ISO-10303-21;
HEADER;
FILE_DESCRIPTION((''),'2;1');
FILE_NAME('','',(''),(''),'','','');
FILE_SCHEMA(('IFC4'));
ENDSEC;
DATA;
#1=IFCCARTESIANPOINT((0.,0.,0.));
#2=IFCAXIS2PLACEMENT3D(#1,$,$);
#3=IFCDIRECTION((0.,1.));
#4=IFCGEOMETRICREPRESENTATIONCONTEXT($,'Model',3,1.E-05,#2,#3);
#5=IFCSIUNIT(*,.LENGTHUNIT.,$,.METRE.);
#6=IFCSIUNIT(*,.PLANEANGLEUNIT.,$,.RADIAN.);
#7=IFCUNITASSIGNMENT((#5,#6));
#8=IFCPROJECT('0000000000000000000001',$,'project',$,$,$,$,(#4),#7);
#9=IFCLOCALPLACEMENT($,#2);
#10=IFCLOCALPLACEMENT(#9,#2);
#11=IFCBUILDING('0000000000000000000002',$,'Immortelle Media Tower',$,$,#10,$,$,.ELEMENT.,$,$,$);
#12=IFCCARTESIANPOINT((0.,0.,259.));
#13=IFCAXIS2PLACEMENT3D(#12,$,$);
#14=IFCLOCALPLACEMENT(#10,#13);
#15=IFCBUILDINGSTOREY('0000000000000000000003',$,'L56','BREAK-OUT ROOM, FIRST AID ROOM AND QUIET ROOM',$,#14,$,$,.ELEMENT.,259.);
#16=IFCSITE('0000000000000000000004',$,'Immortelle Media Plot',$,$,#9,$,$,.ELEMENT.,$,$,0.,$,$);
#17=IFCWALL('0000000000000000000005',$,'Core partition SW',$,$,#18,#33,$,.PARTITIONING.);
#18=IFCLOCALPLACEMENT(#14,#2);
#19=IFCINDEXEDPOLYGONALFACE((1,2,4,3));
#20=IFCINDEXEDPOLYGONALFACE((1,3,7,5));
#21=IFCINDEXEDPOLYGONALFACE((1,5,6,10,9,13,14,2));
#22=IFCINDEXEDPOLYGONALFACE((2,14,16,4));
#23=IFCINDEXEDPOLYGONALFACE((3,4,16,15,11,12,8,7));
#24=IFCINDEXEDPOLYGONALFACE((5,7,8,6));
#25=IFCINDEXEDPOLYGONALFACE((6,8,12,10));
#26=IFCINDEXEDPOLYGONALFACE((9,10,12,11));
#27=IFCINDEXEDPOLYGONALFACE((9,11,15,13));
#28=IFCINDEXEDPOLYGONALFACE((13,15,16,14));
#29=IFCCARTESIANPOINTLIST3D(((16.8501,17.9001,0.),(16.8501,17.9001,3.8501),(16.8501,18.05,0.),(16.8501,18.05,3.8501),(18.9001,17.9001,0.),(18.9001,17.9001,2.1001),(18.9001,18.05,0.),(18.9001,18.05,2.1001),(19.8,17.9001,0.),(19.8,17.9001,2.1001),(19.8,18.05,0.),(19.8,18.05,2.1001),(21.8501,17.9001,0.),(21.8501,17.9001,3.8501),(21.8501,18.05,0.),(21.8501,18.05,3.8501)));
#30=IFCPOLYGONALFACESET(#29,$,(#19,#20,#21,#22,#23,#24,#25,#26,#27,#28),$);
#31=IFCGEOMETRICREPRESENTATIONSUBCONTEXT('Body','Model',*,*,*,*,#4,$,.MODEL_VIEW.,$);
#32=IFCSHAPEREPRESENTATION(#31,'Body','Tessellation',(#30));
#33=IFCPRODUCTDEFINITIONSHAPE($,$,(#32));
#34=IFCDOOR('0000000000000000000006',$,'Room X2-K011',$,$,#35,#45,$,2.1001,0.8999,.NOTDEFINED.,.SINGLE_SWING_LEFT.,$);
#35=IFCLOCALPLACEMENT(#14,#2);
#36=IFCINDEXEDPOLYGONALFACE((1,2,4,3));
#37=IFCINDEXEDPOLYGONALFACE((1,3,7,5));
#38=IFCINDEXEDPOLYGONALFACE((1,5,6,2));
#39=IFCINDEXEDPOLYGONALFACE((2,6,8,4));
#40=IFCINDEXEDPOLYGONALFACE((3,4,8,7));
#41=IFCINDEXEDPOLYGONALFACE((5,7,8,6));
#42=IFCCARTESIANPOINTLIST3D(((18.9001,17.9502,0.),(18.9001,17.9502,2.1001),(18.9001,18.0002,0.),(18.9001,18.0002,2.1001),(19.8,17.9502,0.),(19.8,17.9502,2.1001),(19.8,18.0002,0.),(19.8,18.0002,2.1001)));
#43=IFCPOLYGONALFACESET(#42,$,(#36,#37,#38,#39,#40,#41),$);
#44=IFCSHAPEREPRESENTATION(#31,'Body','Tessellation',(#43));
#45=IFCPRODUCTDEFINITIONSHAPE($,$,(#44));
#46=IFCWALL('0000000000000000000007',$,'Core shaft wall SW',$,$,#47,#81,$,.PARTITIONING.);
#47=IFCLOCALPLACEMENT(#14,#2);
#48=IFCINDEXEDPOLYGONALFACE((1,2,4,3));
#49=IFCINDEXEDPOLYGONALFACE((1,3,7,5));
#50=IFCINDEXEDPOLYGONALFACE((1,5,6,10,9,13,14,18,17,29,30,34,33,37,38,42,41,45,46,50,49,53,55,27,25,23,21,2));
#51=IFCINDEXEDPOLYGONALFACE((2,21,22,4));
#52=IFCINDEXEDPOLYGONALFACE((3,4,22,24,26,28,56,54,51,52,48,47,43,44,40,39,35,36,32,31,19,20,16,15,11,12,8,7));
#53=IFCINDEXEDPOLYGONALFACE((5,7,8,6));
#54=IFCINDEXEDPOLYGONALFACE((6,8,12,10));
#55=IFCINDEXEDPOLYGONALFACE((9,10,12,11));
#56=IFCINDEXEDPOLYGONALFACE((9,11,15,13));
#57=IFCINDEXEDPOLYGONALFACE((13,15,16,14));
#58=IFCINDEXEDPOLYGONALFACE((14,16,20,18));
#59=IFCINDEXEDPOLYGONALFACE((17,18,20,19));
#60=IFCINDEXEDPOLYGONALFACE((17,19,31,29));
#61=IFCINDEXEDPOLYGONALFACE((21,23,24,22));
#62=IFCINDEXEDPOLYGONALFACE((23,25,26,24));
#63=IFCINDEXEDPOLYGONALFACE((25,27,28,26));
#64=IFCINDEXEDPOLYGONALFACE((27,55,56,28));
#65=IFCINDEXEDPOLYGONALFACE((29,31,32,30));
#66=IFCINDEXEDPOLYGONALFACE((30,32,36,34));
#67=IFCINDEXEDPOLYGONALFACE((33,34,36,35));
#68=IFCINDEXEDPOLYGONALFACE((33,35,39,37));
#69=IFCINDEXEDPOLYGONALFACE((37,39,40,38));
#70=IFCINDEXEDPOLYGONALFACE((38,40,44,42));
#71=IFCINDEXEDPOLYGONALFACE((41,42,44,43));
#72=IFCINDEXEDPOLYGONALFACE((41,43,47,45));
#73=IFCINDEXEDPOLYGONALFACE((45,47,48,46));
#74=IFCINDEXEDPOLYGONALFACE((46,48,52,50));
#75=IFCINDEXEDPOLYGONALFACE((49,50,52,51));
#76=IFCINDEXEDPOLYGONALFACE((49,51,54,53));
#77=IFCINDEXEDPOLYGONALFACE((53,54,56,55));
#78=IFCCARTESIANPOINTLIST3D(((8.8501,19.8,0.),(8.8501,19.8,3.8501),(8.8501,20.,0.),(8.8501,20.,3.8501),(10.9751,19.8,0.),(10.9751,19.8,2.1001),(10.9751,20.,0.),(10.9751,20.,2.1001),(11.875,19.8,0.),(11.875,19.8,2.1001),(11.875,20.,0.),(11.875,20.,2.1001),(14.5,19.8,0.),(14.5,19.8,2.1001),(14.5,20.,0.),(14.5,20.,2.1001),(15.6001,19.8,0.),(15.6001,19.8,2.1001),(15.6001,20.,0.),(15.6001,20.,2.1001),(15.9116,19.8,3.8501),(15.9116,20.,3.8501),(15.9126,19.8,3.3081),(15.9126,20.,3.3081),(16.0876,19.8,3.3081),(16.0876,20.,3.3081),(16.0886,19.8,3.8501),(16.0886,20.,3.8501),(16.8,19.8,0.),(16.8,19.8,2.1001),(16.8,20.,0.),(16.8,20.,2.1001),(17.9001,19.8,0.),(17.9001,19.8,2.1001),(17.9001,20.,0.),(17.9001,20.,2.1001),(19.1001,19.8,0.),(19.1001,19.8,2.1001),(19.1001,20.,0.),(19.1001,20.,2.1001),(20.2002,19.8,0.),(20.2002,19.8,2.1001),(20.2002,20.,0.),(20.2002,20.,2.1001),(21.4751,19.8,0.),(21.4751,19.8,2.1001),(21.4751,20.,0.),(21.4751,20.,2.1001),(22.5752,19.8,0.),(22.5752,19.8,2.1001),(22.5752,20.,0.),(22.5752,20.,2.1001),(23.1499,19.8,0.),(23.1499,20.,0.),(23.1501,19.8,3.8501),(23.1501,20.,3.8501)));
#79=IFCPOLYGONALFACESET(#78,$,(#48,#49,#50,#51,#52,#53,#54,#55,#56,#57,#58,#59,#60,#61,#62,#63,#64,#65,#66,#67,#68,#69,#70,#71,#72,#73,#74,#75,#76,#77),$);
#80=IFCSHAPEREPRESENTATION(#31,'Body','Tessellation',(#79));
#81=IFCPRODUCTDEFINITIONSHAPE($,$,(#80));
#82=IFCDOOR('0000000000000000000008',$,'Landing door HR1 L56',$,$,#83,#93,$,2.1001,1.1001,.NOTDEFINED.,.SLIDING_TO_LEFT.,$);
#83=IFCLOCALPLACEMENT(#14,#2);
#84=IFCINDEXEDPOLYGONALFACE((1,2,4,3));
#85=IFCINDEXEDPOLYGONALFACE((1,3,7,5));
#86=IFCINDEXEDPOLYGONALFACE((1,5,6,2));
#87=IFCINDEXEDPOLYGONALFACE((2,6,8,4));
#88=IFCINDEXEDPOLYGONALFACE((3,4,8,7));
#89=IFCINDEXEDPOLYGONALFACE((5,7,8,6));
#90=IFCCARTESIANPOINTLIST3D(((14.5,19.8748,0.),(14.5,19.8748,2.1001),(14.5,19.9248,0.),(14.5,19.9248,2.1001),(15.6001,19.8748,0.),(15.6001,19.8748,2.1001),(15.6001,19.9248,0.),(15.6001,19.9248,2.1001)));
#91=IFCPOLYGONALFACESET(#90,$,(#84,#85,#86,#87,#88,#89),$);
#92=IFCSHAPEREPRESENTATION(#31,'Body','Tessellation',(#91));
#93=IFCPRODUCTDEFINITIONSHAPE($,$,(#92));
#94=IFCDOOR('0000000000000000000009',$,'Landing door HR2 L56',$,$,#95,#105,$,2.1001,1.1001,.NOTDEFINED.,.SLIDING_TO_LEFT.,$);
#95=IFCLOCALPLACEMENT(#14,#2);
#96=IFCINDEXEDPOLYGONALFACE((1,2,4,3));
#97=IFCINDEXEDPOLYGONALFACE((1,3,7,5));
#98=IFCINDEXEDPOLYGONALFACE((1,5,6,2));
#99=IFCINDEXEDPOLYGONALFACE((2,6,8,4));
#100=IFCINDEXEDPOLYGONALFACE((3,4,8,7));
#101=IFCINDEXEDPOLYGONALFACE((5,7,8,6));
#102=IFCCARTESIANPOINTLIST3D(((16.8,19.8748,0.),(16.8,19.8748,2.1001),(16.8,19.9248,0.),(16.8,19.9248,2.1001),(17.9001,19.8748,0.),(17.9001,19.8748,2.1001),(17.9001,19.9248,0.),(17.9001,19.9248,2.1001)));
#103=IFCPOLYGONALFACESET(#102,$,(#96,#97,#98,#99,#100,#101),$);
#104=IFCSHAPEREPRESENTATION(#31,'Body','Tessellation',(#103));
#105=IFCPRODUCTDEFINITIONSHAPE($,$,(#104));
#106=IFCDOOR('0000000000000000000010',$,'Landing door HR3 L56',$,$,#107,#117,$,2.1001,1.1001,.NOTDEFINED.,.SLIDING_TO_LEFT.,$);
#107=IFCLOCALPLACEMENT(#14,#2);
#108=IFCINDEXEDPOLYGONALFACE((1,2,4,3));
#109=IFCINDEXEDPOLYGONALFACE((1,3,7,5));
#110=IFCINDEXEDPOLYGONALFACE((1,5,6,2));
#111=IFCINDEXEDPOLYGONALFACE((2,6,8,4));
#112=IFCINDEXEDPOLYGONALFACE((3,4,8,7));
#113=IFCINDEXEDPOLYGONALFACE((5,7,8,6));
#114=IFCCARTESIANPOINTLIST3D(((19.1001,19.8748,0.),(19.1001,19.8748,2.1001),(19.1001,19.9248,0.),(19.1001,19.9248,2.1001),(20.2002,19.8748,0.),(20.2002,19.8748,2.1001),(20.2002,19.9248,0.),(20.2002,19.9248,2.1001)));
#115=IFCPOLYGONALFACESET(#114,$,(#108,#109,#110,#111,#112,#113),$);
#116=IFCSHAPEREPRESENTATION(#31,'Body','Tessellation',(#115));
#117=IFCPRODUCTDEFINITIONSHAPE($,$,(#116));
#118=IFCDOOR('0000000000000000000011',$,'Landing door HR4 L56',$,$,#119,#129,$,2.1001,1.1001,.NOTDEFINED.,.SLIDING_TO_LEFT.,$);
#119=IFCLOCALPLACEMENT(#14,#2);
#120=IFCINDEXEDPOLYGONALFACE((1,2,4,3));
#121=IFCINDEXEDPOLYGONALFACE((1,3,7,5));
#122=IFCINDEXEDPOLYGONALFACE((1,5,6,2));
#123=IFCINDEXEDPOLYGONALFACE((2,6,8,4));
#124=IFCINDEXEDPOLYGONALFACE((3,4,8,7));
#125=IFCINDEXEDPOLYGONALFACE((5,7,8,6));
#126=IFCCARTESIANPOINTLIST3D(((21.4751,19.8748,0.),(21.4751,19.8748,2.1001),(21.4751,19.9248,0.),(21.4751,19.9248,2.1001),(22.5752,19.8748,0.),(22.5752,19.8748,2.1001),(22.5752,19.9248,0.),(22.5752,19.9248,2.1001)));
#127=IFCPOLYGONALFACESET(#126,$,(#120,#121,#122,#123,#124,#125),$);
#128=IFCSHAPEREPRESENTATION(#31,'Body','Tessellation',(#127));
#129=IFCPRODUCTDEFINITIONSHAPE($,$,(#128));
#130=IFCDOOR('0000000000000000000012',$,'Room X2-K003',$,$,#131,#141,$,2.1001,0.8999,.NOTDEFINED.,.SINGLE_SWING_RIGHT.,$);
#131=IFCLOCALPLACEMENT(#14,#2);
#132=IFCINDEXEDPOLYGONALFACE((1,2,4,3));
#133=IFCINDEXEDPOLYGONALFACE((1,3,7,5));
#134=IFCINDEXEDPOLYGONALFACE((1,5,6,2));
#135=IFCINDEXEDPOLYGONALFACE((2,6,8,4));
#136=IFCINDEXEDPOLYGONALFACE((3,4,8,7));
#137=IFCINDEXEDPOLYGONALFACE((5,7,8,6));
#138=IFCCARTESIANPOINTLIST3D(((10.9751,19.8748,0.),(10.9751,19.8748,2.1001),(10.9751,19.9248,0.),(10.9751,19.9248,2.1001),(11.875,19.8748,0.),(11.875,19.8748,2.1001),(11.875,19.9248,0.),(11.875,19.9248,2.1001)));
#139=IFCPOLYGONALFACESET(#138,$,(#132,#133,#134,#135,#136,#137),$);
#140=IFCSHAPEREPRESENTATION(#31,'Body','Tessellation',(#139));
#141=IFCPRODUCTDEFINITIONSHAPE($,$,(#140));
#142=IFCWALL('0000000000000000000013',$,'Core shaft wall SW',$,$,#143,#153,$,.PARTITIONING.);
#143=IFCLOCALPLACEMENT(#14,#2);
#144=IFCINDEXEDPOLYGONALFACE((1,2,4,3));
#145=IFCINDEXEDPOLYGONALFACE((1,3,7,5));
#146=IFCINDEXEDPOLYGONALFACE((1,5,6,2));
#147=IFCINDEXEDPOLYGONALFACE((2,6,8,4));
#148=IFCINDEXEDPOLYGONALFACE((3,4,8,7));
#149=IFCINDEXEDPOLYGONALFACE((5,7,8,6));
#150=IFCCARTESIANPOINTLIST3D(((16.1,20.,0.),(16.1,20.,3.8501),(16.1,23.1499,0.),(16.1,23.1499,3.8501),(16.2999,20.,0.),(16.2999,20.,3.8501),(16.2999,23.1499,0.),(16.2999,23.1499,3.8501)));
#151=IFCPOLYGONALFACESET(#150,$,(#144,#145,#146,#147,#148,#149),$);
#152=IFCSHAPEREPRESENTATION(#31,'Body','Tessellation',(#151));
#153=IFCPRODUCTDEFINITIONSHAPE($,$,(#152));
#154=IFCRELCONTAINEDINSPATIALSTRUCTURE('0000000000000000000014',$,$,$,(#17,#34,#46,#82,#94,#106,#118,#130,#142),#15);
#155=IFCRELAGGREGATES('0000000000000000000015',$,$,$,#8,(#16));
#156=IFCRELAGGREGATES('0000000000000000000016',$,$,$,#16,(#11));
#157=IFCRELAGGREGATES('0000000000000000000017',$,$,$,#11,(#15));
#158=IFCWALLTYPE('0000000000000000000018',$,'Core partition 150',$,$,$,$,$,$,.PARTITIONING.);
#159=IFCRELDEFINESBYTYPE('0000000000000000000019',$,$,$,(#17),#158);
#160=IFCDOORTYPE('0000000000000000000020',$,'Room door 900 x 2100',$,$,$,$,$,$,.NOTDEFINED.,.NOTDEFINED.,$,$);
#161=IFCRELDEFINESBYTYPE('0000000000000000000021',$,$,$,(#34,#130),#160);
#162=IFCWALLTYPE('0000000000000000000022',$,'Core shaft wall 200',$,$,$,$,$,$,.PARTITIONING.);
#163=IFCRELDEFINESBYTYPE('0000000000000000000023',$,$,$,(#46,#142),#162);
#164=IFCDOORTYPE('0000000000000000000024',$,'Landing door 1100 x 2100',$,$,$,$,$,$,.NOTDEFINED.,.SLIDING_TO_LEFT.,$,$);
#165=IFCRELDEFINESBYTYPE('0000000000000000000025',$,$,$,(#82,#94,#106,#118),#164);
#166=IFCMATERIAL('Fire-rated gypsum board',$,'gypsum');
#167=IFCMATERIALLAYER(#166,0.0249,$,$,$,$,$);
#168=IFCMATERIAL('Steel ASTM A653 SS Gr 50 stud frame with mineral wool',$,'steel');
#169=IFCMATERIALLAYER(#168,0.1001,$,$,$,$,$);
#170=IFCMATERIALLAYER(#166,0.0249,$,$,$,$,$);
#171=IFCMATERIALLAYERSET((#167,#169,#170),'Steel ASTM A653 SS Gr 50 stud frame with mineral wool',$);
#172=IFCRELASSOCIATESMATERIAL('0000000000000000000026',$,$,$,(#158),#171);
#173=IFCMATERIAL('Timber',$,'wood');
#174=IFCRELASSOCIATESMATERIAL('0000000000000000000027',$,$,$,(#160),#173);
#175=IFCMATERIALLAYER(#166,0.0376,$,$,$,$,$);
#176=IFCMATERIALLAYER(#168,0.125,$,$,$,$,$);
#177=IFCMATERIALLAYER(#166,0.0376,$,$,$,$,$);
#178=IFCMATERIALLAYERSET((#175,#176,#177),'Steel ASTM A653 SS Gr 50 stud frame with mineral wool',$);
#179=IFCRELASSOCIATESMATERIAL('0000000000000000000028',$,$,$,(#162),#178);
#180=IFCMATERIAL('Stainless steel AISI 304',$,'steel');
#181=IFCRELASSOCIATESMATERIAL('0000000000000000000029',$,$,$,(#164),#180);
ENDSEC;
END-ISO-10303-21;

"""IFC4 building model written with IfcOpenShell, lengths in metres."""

from ifc_helpers import new_model, si_unit, direction, frame, frame_2d, origin, place, context, subcontext, project, spatial, polyline, rectangle, outline, extrude, material, layer, layer_set, type_object, element, fill, save


model = new_model("IFC4")

# Units and contexts
model_context = context("Model", 3, precision=1e-05, world=origin(), true_north=direction((0.0, 1.0)))
body_context = subcontext(model_context, "Body", "Model", "MODEL_VIEW")
ifc_project = project(units=[si_unit("LENGTHUNIT", "METRE"), si_unit("PLANEANGLEUNIT", "RADIAN")], contexts=[model_context])

# Site, building, storey
site_placement = place(None, origin())
site = spatial("IfcSite", under=ifc_project, at=site_placement, Name="Immortelle Media Plot", CompositionType="ELEMENT", RefElevation=0.0)
building_placement = place(site_placement, origin())
building = spatial("IfcBuilding", under=site, at=building_placement, Name="Immortelle Media Tower", CompositionType="ELEMENT")
storey_placement = place(building_placement, frame((0.0, 0.0, 259.0)))
storey = spatial("IfcBuildingStorey", under=building, at=storey_placement, Name="L56", Description="BREAK-OUT ROOM, FIRST AID ROOM AND QUIET ROOM", CompositionType="ELEMENT", Elevation=259.0)

# Shared definitions
ifc_material_1 = material(Name="Timber", Category="wood")

# Shared definitions
ifc_material_2 = material(Name="Fire-rated gypsum board", Category="gypsum")
ifc_layer_1 = layer(ifc_material_2, 0.0249)
ifc_material_3 = material(Name="Steel ASTM A653 SS Gr 50 stud frame with mineral wool", Category="steel")
ifc_layer_2 = layer(ifc_material_3, 0.1001)
ifc_layer_3 = layer(ifc_material_2, 0.0249)
ifc_layer_set_1 = layer_set([ifc_layer_1, ifc_layer_2, ifc_layer_3], Name="Steel ASTM A653 SS Gr 50 stud frame with mineral wool")
wall_type_1 = type_object("IfcWallType", Name="Core partition 150", PredefinedType="PARTITIONING", material=ifc_layer_set_1)

# Shared definitions
door_type_1 = type_object("IfcDoorType", Name="Room door 900 x 2100", OperationType="NOTDEFINED", PredefinedType="NOTDEFINED", material=ifc_material_1)

# Wall, opening, door
wall_1_placement = place(storey_placement, frame((16.8501, 17.9751, 0.0), z_axis=(0.0, 0.0, 1.0), x_axis=(1.0, 0.0, 0.0)))
wall_1 = element("IfcWall", 1, at=wall_1_placement, inside=storey, type_object=wall_type_1, Name="Core partition SW", PredefinedType="PARTITIONING", context=body_context, shape_type="SweptSolid", body=[
    extrude(rectangle(XDim=5.0, YDim=0.1499, at=frame_2d((2.5, 0.0))), origin(), (0.0, 0.0, 1.0), 3.8501),
])
opening_1_placement = place(wall_1_placement, frame((2.95, 0.0, 0.0), z_axis=(0.0, 0.0, 1.0), x_axis=(-1.0, 0.0, 0.0)))
opening_1 = element("IfcOpeningElement", 2, at=opening_1_placement, cuts=wall_1, PredefinedType="OPENING", context=body_context, shape_type="SweptSolid", body=[
    extrude(rectangle(XDim=0.8999, YDim=2.1001, at=frame_2d((0.45, 1.05))), frame((0.0, 0.085, 0.0), z_axis=(0.0, -1.0, 0.0), x_axis=(1.0, 0.0, 0.0)), (0.0, 0.0, 1.0), 0.1699),
])
door_1_placement = place(opening_1_placement, origin())
door_1 = element("IfcDoor", 3, at=door_1_placement, inside=storey, type_object=door_type_1, Name="Room X2-K011", OperationType="SINGLE_SWING_LEFT", OverallHeight=2.1001, OverallWidth=0.8999, PredefinedType="NOTDEFINED", context=body_context, shape_type="SweptSolid", body=[
    extrude(rectangle(XDim=0.8999, YDim=2.1001, at=frame_2d((0.45, 1.05))), frame((0.0, 0.0249, 0.0), z_axis=(0.0, -1.0, 0.0), x_axis=(1.0, 0.0, 0.0)), (0.0, 0.0, 1.0), 0.05),
])
fill(opening_1, door_1)

# Wall, openings, doors
ifc_layer_4 = layer(ifc_material_2, 0.0376)
ifc_layer_5 = layer(ifc_material_3, 0.125)
ifc_layer_6 = layer(ifc_material_2, 0.0376)
ifc_layer_set_2 = layer_set([ifc_layer_4, ifc_layer_5, ifc_layer_6], Name="Steel ASTM A653 SS Gr 50 stud frame with mineral wool")
wall_type_2 = type_object("IfcWallType", Name="Core shaft wall 200", PredefinedType="PARTITIONING", material=ifc_layer_set_2)
wall_2_placement = place(storey_placement, frame((8.8501, 19.8999, 0.0), z_axis=(0.0, 0.0, 1.0), x_axis=(1.0, 0.0, 0.0)))
wall_2 = element("IfcWall", 4, at=wall_2_placement, inside=storey, type_object=wall_type_2, Name="Core shaft wall SW", PredefinedType="PARTITIONING", context=body_context, shape_type="SweptSolid", body=[
    extrude(outline(polyline([(0.0, 0.0), (14.2998, 0.0), (14.3, 3.8501), (7.2385, 3.8501), (7.2375, 3.3081), (7.0625, 3.3081), (7.0615, 3.8501), (0.0, 3.8501), (0.0, 0.0)])), frame((0.0, 0.1001, 0.0), z_axis=(0.0, -1.0, 0.0), x_axis=(1.0, 0.0, 0.0)), (0.0, 0.0, 1.0), 0.2),
])
opening_2_placement = place(wall_2_placement, frame((2.125, 0.0, 0.0)))
opening_2 = element("IfcOpeningElement", 5, at=opening_2_placement, cuts=wall_2, PredefinedType="OPENING", context=body_context, shape_type="SweptSolid", body=[
    extrude(rectangle(XDim=0.8999, YDim=2.1001, at=frame_2d((0.45, 1.05))), frame((0.0, 0.1099, 0.0), z_axis=(0.0, -1.0, 0.0), x_axis=(1.0, 0.0, 0.0)), (0.0, 0.0, 1.0), 0.22),
])
opening_3_placement = place(wall_2_placement, frame((5.6499, 0.0, 0.0)))
opening_3 = element("IfcOpeningElement", 6, at=opening_3_placement, cuts=wall_2, PredefinedType="OPENING", context=body_context, shape_type="SweptSolid", body=[
    extrude(rectangle(XDim=1.1001, YDim=2.1001, at=frame_2d((0.55, 1.05))), frame((0.0, 0.1099, 0.0), z_axis=(0.0, -1.0, 0.0), x_axis=(1.0, 0.0, 0.0)), (0.0, 0.0, 1.0), 0.22),
])
opening_4_placement = place(wall_2_placement, frame((7.95, 0.0, 0.0)))
opening_4 = element("IfcOpeningElement", 7, at=opening_4_placement, cuts=wall_2, PredefinedType="OPENING", context=body_context, shape_type="SweptSolid", body=[
    extrude(rectangle(XDim=1.1001, YDim=2.1001, at=frame_2d((0.55, 1.05))), frame((0.0, 0.1099, 0.0), z_axis=(0.0, -1.0, 0.0), x_axis=(1.0, 0.0, 0.0)), (0.0, 0.0, 1.0), 0.22),
])
opening_5_placement = place(wall_2_placement, frame((10.25, 0.0, 0.0)))
opening_5 = element("IfcOpeningElement", 8, at=opening_5_placement, cuts=wall_2, PredefinedType="OPENING", context=body_context, shape_type="SweptSolid", body=[
    extrude(rectangle(XDim=1.1001, YDim=2.1001, at=frame_2d((0.55, 1.05))), frame((0.0, 0.1099, 0.0), z_axis=(0.0, -1.0, 0.0), x_axis=(1.0, 0.0, 0.0)), (0.0, 0.0, 1.0), 0.22),
])
opening_6_placement = place(wall_2_placement, frame((12.625, 0.0, 0.0)))
opening_6 = element("IfcOpeningElement", 9, at=opening_6_placement, cuts=wall_2, PredefinedType="OPENING", context=body_context, shape_type="SweptSolid", body=[
    extrude(rectangle(XDim=1.1001, YDim=2.1001, at=frame_2d((0.55, 1.05))), frame((0.0, 0.1099, 0.0), z_axis=(0.0, -1.0, 0.0), x_axis=(1.0, 0.0, 0.0)), (0.0, 0.0, 1.0), 0.22),
])
ifc_material_4 = material(Name="Stainless steel AISI 304", Category="steel")
door_type_2 = type_object("IfcDoorType", Name="Landing door 1100 x 2100", OperationType="SLIDING_TO_LEFT", PredefinedType="NOTDEFINED", material=ifc_material_4)
door_2_placement = place(opening_3_placement, origin())
door_2 = element("IfcDoor", 10, at=door_2_placement, inside=storey, type_object=door_type_2, Name="Landing door HR1 L56", OperationType="SLIDING_TO_LEFT", OverallHeight=2.1001, OverallWidth=1.1001, PredefinedType="NOTDEFINED", context=body_context, shape_type="SweptSolid", body=[
    extrude(rectangle(XDim=1.1001, YDim=2.1001, at=frame_2d((0.55, 1.05))), frame((0.0, 0.0249, 0.0), z_axis=(0.0, -1.0, 0.0), x_axis=(1.0, 0.0, 0.0)), (0.0, 0.0, 1.0), 0.05),
])
fill(opening_3, door_2)
door_3_placement = place(opening_4_placement, origin())
door_3 = element("IfcDoor", 11, at=door_3_placement, inside=storey, type_object=door_type_2, Name="Landing door HR2 L56", OperationType="SLIDING_TO_LEFT", OverallHeight=2.1001, OverallWidth=1.1001, PredefinedType="NOTDEFINED", context=body_context, shape_type="SweptSolid", body=[
    extrude(rectangle(XDim=1.1001, YDim=2.1001, at=frame_2d((0.55, 1.05))), frame((0.0, 0.0249, 0.0), z_axis=(0.0, -1.0, 0.0), x_axis=(1.0, 0.0, 0.0)), (0.0, 0.0, 1.0), 0.05),
])
fill(opening_4, door_3)
door_4_placement = place(opening_5_placement, origin())
door_4 = element("IfcDoor", 12, at=door_4_placement, inside=storey, type_object=door_type_2, Name="Landing door HR3 L56", OperationType="SLIDING_TO_LEFT", OverallHeight=2.1001, OverallWidth=1.1001, PredefinedType="NOTDEFINED", context=body_context, shape_type="SweptSolid", body=[
    extrude(rectangle(XDim=1.1001, YDim=2.1001, at=frame_2d((0.55, 1.05))), frame((0.0, 0.0249, 0.0), z_axis=(0.0, -1.0, 0.0), x_axis=(1.0, 0.0, 0.0)), (0.0, 0.0, 1.0), 0.05),
])
fill(opening_5, door_4)
door_5_placement = place(opening_6_placement, origin())
door_5 = element("IfcDoor", 13, at=door_5_placement, inside=storey, type_object=door_type_2, Name="Landing door HR4 L56", OperationType="SLIDING_TO_LEFT", OverallHeight=2.1001, OverallWidth=1.1001, PredefinedType="NOTDEFINED", context=body_context, shape_type="SweptSolid", body=[
    extrude(rectangle(XDim=1.1001, YDim=2.1001, at=frame_2d((0.55, 1.05))), frame((0.0, 0.0249, 0.0), z_axis=(0.0, -1.0, 0.0), x_axis=(1.0, 0.0, 0.0)), (0.0, 0.0, 1.0), 0.05),
])
fill(opening_6, door_5)
door_6_placement = place(opening_2_placement, origin())
door_6 = element("IfcDoor", 14, at=door_6_placement, inside=storey, type_object=door_type_1, Name="Room X2-K003", OperationType="SINGLE_SWING_RIGHT", OverallHeight=2.1001, OverallWidth=0.8999, PredefinedType="NOTDEFINED", context=body_context, shape_type="SweptSolid", body=[
    extrude(rectangle(XDim=0.8999, YDim=2.1001, at=frame_2d((0.45, 1.05))), frame((0.0, 0.0249, 0.0), z_axis=(0.0, -1.0, 0.0), x_axis=(1.0, 0.0, 0.0)), (0.0, 0.0, 1.0), 0.05),
])
fill(opening_2, door_6)

# Wall
wall_3_placement = place(storey_placement, frame((16.2, 20.0, 0.0), z_axis=(0.0, 0.0, 1.0), x_axis=(0.0, 1.0, 0.0)))
element("IfcWall", 15, at=wall_3_placement, inside=storey, type_object=wall_type_2, Name="Core shaft wall SW", PredefinedType="PARTITIONING", context=body_context, shape_type="SweptSolid", body=[
    extrude(rectangle(XDim=3.1499, YDim=0.2, at=frame_2d((1.575, 0.0))), origin(), (0.0, 0.0, 1.0), 3.8501),
])

save(model, "model.ifc")
